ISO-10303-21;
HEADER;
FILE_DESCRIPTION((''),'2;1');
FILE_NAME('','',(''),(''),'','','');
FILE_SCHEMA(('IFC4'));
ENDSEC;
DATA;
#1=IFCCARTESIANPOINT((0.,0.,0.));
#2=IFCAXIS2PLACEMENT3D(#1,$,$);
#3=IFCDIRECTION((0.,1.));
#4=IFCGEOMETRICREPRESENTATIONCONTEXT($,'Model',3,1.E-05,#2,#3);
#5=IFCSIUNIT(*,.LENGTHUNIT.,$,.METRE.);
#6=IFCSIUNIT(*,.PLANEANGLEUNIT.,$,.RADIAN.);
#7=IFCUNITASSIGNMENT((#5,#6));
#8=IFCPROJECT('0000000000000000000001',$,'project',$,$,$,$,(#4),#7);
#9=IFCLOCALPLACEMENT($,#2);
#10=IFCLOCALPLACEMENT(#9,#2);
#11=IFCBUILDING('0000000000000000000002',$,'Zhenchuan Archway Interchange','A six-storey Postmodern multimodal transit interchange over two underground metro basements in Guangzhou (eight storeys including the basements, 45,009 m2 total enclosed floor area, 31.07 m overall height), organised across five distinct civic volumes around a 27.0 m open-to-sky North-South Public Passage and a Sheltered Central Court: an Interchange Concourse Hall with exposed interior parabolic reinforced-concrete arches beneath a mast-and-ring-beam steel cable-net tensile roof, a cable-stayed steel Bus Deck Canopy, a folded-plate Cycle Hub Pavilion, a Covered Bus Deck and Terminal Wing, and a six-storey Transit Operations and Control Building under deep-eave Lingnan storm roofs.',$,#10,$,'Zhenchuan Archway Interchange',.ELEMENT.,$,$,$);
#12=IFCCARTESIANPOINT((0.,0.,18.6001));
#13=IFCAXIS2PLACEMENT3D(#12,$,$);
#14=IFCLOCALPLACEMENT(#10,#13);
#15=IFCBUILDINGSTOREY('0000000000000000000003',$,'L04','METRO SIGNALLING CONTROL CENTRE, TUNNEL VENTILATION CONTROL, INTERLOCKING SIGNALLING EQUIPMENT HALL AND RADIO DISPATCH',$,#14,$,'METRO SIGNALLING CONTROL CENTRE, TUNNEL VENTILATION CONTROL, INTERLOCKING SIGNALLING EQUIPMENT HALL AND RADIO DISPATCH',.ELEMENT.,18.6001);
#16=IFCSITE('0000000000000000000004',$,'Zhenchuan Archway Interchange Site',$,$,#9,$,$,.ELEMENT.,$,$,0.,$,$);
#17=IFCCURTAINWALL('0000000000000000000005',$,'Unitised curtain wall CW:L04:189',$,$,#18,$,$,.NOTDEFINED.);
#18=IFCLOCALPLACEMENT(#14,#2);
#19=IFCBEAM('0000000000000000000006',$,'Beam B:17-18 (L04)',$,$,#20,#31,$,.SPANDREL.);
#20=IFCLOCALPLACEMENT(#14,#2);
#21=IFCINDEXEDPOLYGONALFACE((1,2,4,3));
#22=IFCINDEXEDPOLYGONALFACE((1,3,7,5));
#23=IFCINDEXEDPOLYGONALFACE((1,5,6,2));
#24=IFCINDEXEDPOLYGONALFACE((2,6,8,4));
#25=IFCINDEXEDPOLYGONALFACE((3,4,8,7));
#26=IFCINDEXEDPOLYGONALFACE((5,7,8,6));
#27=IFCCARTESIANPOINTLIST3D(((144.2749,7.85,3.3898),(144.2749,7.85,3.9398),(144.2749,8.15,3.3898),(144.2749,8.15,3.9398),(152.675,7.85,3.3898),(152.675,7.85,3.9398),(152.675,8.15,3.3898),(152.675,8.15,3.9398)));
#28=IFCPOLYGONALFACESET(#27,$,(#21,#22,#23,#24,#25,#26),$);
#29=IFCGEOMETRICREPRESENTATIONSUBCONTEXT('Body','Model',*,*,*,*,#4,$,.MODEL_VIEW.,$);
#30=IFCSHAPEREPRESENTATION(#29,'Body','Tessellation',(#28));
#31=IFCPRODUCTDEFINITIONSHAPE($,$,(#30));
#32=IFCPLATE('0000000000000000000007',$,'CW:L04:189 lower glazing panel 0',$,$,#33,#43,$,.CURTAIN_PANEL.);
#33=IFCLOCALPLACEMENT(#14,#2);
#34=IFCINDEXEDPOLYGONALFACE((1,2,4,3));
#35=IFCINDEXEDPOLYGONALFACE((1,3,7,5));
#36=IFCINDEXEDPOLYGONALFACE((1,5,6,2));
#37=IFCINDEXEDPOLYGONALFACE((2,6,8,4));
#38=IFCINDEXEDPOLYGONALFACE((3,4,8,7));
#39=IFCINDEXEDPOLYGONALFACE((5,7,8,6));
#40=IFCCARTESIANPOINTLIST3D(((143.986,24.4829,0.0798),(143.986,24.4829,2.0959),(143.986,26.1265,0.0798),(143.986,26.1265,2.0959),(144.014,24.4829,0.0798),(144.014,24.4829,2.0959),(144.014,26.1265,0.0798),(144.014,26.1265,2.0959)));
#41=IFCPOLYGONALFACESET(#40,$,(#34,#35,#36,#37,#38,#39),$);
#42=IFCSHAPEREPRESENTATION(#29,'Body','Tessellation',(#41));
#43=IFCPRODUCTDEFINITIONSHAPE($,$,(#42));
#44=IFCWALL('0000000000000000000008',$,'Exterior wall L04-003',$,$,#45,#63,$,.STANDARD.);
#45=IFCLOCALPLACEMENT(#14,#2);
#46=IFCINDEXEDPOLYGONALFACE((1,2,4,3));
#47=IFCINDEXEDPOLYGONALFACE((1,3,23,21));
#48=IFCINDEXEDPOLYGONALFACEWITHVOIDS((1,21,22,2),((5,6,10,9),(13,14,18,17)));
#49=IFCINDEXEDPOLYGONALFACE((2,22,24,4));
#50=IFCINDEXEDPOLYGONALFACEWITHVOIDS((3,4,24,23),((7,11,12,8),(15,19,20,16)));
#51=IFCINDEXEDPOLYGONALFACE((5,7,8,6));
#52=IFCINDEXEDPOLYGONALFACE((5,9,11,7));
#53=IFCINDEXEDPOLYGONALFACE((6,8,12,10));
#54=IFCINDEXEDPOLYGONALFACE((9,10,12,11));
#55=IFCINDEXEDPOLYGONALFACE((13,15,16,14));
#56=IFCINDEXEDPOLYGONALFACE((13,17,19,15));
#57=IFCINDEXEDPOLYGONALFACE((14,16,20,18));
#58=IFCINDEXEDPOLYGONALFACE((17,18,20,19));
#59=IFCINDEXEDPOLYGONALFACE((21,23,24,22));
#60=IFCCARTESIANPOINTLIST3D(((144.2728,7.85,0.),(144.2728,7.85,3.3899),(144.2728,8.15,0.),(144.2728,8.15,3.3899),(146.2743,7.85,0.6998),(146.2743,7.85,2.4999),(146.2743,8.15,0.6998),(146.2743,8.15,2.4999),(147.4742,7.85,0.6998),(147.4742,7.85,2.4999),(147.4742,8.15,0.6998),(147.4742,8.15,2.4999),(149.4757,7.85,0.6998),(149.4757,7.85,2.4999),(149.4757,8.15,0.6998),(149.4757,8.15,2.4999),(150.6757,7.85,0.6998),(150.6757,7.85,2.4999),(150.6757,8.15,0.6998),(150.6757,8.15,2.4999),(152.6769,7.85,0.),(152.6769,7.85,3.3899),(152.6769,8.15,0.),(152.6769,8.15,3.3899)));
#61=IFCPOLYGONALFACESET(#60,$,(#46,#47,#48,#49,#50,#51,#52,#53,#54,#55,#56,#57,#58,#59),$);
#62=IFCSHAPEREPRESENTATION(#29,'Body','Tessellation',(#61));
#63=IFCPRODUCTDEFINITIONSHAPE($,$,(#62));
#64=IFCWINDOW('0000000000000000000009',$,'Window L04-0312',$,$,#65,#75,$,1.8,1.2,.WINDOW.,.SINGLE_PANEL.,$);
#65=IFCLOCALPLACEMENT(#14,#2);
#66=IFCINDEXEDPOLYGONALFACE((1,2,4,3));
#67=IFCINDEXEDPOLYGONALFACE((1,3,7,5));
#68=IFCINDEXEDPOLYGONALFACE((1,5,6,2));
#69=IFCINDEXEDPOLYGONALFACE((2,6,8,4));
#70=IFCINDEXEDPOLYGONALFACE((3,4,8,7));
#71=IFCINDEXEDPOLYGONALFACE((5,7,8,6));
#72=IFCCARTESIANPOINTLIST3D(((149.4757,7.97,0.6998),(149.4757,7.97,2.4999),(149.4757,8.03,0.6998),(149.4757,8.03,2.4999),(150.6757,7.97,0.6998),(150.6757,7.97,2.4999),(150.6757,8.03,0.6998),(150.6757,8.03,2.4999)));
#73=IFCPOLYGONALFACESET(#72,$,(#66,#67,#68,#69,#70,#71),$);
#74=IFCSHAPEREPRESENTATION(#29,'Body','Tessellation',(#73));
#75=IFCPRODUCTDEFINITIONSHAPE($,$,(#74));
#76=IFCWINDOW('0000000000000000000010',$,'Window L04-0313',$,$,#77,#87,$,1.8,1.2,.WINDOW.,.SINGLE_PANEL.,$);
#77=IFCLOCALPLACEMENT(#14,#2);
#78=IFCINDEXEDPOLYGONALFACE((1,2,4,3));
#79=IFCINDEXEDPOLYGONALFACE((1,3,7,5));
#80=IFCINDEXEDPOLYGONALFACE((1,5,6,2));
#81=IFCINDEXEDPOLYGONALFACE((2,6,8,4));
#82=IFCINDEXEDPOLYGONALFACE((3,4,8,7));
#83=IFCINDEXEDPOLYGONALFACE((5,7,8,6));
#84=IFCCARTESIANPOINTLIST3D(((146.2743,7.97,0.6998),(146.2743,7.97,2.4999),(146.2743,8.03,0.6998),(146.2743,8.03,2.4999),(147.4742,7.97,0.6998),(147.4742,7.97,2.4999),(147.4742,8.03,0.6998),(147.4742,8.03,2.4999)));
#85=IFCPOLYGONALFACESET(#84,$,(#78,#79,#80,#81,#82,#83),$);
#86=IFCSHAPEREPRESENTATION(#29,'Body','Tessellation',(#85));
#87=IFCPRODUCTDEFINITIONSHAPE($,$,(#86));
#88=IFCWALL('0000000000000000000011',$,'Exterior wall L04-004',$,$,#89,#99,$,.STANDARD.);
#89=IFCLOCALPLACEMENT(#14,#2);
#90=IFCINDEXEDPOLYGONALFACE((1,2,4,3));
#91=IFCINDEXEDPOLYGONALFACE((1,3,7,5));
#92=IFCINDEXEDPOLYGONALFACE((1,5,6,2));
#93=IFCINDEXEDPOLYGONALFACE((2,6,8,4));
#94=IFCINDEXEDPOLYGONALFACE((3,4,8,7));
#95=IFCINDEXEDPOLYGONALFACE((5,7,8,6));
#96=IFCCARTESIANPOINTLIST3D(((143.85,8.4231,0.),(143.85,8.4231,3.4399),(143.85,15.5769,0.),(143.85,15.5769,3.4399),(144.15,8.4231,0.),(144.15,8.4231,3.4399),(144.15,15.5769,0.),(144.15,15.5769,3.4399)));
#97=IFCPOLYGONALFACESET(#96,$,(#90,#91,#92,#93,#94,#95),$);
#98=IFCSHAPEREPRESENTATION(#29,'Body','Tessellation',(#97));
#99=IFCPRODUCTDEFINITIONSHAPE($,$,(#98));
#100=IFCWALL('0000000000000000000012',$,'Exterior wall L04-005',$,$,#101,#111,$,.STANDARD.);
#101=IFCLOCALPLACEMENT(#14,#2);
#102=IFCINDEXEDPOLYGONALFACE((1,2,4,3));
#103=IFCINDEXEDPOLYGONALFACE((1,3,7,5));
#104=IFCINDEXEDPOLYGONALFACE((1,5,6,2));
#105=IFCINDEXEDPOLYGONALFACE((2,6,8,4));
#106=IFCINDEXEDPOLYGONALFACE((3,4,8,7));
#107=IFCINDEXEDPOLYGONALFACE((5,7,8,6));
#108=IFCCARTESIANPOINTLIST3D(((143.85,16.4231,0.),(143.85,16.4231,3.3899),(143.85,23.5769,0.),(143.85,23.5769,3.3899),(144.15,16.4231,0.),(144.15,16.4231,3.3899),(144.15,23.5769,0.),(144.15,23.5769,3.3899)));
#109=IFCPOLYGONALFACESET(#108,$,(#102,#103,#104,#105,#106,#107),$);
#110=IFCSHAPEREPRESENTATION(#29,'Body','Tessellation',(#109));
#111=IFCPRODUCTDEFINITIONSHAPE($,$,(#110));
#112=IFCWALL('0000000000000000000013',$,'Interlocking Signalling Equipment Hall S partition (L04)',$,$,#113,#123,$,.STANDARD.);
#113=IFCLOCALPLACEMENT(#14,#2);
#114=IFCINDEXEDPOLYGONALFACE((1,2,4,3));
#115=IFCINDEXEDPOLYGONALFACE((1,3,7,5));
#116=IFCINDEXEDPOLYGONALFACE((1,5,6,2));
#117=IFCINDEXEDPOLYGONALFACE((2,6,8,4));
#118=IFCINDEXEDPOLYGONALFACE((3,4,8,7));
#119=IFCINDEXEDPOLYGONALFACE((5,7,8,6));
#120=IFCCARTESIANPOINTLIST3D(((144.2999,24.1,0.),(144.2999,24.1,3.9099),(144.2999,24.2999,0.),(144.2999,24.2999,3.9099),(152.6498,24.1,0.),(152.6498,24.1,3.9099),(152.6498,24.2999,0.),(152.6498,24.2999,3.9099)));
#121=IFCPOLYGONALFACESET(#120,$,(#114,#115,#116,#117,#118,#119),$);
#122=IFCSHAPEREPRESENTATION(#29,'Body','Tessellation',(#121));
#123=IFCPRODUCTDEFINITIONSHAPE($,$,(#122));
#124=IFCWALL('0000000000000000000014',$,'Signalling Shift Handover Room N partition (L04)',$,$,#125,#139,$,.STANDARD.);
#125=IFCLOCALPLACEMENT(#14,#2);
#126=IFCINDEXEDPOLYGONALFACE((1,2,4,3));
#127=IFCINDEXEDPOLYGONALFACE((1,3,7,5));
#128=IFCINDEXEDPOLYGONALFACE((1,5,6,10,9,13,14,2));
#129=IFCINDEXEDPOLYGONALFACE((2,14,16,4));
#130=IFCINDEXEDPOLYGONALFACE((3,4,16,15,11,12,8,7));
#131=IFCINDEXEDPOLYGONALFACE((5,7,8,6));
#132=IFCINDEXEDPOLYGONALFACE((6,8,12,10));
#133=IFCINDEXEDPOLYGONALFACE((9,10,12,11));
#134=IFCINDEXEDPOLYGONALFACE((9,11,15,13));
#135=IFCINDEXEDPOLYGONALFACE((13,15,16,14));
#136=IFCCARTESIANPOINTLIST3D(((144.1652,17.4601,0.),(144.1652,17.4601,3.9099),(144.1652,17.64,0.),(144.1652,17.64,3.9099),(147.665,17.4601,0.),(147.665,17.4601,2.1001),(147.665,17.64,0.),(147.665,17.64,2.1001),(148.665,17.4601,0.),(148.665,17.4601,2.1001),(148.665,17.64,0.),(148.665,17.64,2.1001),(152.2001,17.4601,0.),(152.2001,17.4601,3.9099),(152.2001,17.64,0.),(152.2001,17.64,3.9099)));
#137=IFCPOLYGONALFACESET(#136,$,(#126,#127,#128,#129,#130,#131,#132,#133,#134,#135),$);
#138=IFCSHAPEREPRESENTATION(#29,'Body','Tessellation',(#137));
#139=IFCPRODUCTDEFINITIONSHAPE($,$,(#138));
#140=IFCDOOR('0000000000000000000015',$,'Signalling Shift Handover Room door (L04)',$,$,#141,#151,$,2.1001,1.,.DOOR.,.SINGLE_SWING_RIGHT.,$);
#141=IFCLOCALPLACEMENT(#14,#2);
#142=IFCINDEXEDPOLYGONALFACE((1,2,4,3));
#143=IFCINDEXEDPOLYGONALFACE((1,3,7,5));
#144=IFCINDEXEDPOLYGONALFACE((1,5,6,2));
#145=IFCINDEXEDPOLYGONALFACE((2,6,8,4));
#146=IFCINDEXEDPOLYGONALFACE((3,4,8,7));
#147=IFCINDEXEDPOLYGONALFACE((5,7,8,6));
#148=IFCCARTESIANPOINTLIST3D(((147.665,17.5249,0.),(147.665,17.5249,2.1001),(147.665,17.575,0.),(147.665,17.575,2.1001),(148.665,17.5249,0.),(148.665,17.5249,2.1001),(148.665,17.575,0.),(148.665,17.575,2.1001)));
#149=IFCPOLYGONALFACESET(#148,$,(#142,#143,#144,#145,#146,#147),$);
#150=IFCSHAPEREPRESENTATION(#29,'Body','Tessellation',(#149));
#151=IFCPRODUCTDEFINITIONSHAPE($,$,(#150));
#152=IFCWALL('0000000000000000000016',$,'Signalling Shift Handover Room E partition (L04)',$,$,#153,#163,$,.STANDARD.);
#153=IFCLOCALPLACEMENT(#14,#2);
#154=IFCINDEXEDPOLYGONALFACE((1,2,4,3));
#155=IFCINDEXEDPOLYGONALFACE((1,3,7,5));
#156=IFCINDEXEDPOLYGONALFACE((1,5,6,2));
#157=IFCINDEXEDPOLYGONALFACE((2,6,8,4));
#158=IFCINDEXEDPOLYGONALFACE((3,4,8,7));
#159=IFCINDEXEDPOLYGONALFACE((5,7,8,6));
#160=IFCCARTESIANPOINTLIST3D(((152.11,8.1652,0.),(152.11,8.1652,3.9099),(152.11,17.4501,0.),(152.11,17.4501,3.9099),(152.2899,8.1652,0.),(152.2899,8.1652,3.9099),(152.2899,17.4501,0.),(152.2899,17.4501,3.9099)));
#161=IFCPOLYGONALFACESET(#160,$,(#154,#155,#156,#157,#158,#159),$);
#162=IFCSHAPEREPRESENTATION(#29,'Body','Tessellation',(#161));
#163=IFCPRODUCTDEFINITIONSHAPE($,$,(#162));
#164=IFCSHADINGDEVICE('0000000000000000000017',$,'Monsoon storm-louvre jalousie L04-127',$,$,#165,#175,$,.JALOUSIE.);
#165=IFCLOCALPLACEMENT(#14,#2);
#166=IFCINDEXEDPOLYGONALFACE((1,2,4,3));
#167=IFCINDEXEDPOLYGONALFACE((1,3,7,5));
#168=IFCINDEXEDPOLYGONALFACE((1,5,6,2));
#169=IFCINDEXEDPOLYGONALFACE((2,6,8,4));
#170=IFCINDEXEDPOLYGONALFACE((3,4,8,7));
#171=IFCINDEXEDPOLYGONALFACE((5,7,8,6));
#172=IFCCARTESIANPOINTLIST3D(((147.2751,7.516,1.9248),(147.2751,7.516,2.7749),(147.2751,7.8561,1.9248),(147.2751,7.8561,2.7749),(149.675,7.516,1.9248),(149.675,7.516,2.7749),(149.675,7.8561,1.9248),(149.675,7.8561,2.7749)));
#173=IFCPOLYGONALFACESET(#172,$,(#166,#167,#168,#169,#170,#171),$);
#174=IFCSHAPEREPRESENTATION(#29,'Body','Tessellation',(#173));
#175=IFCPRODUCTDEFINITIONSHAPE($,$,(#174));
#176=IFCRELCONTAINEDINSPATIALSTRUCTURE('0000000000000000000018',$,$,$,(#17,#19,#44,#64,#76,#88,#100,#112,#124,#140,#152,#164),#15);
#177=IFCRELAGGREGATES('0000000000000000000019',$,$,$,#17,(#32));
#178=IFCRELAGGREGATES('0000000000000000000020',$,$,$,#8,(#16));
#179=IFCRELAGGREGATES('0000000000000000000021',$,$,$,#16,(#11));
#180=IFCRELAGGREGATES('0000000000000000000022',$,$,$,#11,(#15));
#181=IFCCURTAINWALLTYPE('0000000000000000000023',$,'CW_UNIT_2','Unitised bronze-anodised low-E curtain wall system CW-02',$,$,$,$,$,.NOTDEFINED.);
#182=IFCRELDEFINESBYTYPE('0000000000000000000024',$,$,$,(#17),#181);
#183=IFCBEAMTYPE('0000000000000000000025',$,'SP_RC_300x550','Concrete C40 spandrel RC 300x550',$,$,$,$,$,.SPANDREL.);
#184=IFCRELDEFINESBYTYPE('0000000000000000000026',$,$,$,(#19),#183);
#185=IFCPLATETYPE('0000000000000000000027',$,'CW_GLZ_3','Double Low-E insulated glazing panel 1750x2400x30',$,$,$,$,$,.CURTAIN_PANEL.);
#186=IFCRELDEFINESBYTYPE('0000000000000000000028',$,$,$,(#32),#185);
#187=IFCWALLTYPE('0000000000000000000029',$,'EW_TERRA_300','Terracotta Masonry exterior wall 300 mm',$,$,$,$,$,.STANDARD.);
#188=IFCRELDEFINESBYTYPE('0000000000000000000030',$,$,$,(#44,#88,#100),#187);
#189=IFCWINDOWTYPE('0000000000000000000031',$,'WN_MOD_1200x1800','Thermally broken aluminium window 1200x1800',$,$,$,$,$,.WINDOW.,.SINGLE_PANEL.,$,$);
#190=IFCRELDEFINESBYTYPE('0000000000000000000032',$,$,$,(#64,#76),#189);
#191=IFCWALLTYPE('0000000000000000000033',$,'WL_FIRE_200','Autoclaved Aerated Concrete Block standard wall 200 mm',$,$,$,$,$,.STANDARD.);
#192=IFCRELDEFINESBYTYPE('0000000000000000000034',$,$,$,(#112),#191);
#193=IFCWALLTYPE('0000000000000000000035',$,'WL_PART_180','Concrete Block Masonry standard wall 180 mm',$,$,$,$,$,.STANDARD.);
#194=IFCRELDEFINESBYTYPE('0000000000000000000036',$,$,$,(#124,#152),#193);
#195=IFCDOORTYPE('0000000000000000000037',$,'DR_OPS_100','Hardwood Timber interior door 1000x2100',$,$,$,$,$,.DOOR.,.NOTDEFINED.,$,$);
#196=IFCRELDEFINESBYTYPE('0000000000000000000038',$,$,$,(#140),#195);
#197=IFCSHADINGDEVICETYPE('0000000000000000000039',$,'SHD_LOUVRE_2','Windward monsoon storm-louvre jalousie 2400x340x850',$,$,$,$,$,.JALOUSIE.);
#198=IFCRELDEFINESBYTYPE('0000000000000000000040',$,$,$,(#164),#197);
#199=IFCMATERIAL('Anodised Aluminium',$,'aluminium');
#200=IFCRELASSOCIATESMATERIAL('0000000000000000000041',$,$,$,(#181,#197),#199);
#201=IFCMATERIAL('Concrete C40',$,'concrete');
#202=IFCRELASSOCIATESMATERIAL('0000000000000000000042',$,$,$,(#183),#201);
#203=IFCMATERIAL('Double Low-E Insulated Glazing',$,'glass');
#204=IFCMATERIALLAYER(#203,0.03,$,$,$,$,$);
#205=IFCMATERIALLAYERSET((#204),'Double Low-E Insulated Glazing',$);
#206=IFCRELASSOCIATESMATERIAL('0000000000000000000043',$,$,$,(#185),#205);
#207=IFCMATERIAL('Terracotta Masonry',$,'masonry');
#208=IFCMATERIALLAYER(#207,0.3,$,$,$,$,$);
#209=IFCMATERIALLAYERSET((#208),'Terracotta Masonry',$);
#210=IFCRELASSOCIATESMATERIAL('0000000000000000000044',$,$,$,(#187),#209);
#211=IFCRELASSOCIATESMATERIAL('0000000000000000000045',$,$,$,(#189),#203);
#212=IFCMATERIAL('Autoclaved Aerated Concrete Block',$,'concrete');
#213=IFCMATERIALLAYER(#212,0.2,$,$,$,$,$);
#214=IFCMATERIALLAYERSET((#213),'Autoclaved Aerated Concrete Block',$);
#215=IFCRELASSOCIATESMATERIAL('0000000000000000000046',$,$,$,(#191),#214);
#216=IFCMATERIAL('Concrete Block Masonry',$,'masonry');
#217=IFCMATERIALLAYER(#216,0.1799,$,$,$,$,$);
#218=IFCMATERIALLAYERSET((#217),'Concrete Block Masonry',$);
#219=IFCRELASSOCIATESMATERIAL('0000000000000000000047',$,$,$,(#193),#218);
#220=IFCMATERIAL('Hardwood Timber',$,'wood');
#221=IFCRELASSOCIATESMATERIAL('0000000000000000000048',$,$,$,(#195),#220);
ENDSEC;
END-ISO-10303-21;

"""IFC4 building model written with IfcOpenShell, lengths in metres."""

from ifc_helpers import new_model, si_unit, direction, frame, frame_2d, origin, origin_2d, place, context, subcontext, project, spatial, rectangle, extrude, material, layer, layer_set, material_profile, profile_set, type_object, element, fill, aggregate, save


model = new_model("IFC4")

# Units and contexts
model_context = context("Model", 3, precision=1e-05, world=origin(), true_north=direction((0.0, 1.0)))
body_context = subcontext(model_context, "Body", "Model", "MODEL_VIEW")
ifc_project = project(units=[si_unit("LENGTHUNIT", "METRE"), si_unit("PLANEANGLEUNIT", "RADIAN")], contexts=[model_context])

# Site, building, storey
site_placement = place(None, origin())
site = spatial("IfcSite", under=ifc_project, at=site_placement, Name="Zhenchuan Archway Interchange Site", CompositionType="ELEMENT", RefElevation=0.0)
building_placement = place(site_placement, origin())
building = spatial("IfcBuilding", under=site, at=building_placement, Name="Zhenchuan Archway Interchange", Description="A six-storey Postmodern multimodal transit interchange over two underground metro basements in Guangzhou (eight storeys including the basements, 45,009 m2 total enclosed floor area, 31.07 m overall height), organised across five distinct civic volumes around a 27.0 m open-to-sky North-South Public Passage and a Sheltered Central Court: an Interchange Concourse Hall with exposed interior parabolic reinforced-concrete arches beneath a mast-and-ring-beam steel cable-net tensile roof, a cable-stayed steel Bus Deck Canopy, a folded-plate Cycle Hub Pavilion, a Covered Bus Deck and Terminal Wing, and a six-storey Transit Operations and Control Building under deep-eave Lingnan storm roofs.", LongName="Zhenchuan Archway Interchange", CompositionType="ELEMENT")
storey_placement = place(building_placement, frame((0.0, 0.0, 18.6001)))
storey = spatial("IfcBuildingStorey", under=building, at=storey_placement, Name="L04", Description="METRO SIGNALLING CONTROL CENTRE, TUNNEL VENTILATION CONTROL, INTERLOCKING SIGNALLING EQUIPMENT HALL AND RADIO DISPATCH", LongName="METRO SIGNALLING CONTROL CENTRE, TUNNEL VENTILATION CONTROL, INTERLOCKING SIGNALLING EQUIPMENT HALL AND RADIO DISPATCH", CompositionType="ELEMENT", Elevation=18.6001)

# Shared definitions
ifc_material_1 = material(Name="Concrete C40", Category="concrete")

# Curtain wall
ifc_material_2 = material(Name="Anodised Aluminium", Category="aluminium")
curtain_wall_type = type_object("IfcCurtainWallType", Name="CW_UNIT_2", Description="Unitised bronze-anodised low-E curtain wall system CW-02", PredefinedType="NOTDEFINED", material=ifc_material_2)
curtain_wall_placement = place(storey_placement, origin())
curtain_wall = element("IfcCurtainWall", 1, at=curtain_wall_placement, inside=storey, type_object=curtain_wall_type, Name="Unitised curtain wall CW:L04:189", PredefinedType="NOTDEFINED")

# Beam
ifc_material_profile_1 = material_profile(ifc_material_1, rectangle(XDim=0.3, YDim=0.55, at=origin_2d()), Name="RC 300x550")
ifc_profile_set_1 = profile_set([ifc_material_profile_1], Name="Concrete C40")
beam_type_1 = type_object("IfcBeamType", Name="SP_RC_300x550", Description="Concrete C40 spandrel RC 300x550", PredefinedType="SPANDREL", material=ifc_profile_set_1)
beam_placement = place(storey_placement, frame((144.2749, 8.0, 3.6648), z_axis=(1.0, 0.0, 0.0), x_axis=(0.0, 1.0, 0.0)))
element("IfcBeam", 2, at=beam_placement, inside=storey, type_object=beam_type_1, Name="Beam B:17-18 (L04)", PredefinedType="SPANDREL", context=body_context, shape_type="SweptSolid", body=[
    extrude(rectangle(XDim=0.3, YDim=0.55, at=origin_2d()), origin(), (0.0, 0.0, 1.0), 8.4001),
])

# Plate
ifc_material_3 = material(Name="Double Low-E Insulated Glazing", Category="glass")
ifc_layer_1 = layer(ifc_material_3, 0.03)
ifc_layer_set_1 = layer_set([ifc_layer_1], Name="Double Low-E Insulated Glazing")
plate_type = type_object("IfcPlateType", Name="CW_GLZ_3", Description="Double Low-E insulated glazing panel 1750x2400x30", PredefinedType="CURTAIN_PANEL", material=ifc_layer_set_1)
plate_placement = place(storey_placement, frame((144.0, 25.3047, 0.0798), z_axis=(0.0, 0.0, 1.0), x_axis=(0.0, 1.0, 0.0)))
plate = element("IfcPlate", 3, at=plate_placement, type_object=plate_type, Name="CW:L04:189 lower glazing panel 0", PredefinedType="CURTAIN_PANEL", context=body_context, shape_type="SweptSolid", body=[
    extrude(rectangle(XDim=1.6436, YDim=0.0281, at=origin_2d()), origin(), (0.0, 0.0, 1.0), 2.0161),
])
aggregate(curtain_wall, [plate])

# Wall, openings, windows
ifc_material_4 = material(Name="Terracotta Masonry", Category="masonry")
ifc_layer_2 = layer(ifc_material_4, 0.3)
ifc_layer_set_2 = layer_set([ifc_layer_2], Name="Terracotta Masonry")
wall_type_1 = type_object("IfcWallType", Name="EW_TERRA_300", Description="Terracotta Masonry exterior wall 300 mm", PredefinedType="STANDARD", material=ifc_layer_set_2)
wall_1_placement = place(storey_placement, frame((152.677, 8.0, 0.0), z_axis=(0.0, 0.0, 1.0), x_axis=(-1.0, 0.0, 0.0)))
wall_1 = element("IfcWall", 4, at=wall_1_placement, inside=storey, type_object=wall_type_1, Name="Exterior wall L04-003", PredefinedType="STANDARD", context=body_context, shape_type="SweptSolid", body=[
    extrude(rectangle(XDim=8.4041, YDim=0.3, at=frame_2d((4.2021, 0.0))), origin(), (0.0, 0.0, 1.0), 3.3899),
])
opening_1_placement = place(wall_1_placement, frame((2.0012, 0.0, 0.7)))
opening_1 = element("IfcOpeningElement", 5, at=opening_1_placement, cuts=wall_1, PredefinedType="OPENING", context=body_context, shape_type="SweptSolid", body=[
    extrude(rectangle(XDim=1.2, YDim=1.8, at=frame_2d((0.6001, 0.8999))), frame((0.0, 0.1621, 0.0), z_axis=(0.0, -1.0, 0.0), x_axis=(1.0, 0.0, 0.0)), (0.0, 0.0, 1.0), 0.324),
])
opening_2_placement = place(wall_1_placement, frame((5.2026, 0.0, 0.7)))
opening_2 = element("IfcOpeningElement", 6, at=opening_2_placement, cuts=wall_1, PredefinedType="OPENING", context=body_context, shape_type="SweptSolid", body=[
    extrude(rectangle(XDim=1.2, YDim=1.8, at=frame_2d((0.6001, 0.8999))), frame((0.0, 0.1621, 0.0), z_axis=(0.0, -1.0, 0.0), x_axis=(1.0, 0.0, 0.0)), (0.0, 0.0, 1.0), 0.324),
])
window_type = type_object("IfcWindowType", Name="WN_MOD_1200x1800", Description="Thermally broken aluminium window 1200x1800", PartitioningType="SINGLE_PANEL", PredefinedType="WINDOW", material=ifc_material_3)
window_1_placement = place(opening_1_placement, origin())
window_1 = element("IfcWindow", 7, at=window_1_placement, inside=storey, type_object=window_type, Name="Window L04-0312", OverallHeight=1.8, OverallWidth=1.2, PartitioningType="SINGLE_PANEL", PredefinedType="WINDOW", context=body_context, shape_type="SweptSolid", body=[
    extrude(rectangle(XDim=1.2, YDim=1.8, at=frame_2d((0.6001, 0.8999))), frame((0.0, 0.03, 0.0), z_axis=(0.0, -1.0, 0.0), x_axis=(1.0, 0.0, 0.0)), (0.0, 0.0, 1.0), 0.0601),
])
fill(opening_1, window_1)
window_2_placement = place(opening_2_placement, origin())
window_2 = element("IfcWindow", 8, at=window_2_placement, inside=storey, type_object=window_type, Name="Window L04-0313", OverallHeight=1.8, OverallWidth=1.2, PartitioningType="SINGLE_PANEL", PredefinedType="WINDOW", context=body_context, shape_type="SweptSolid", body=[
    extrude(rectangle(XDim=1.2, YDim=1.8, at=frame_2d((0.6001, 0.8999))), frame((0.0, 0.03, 0.0), z_axis=(0.0, -1.0, 0.0), x_axis=(1.0, 0.0, 0.0)), (0.0, 0.0, 1.0), 0.0601),
])
fill(opening_2, window_2)

# Walls
wall_2_placement = place(storey_placement, frame((144.0, 8.4231, 0.0), z_axis=(0.0, 0.0, 1.0), x_axis=(0.0, 1.0, 0.0)))
element("IfcWall", 9, at=wall_2_placement, inside=storey, type_object=wall_type_1, Name="Exterior wall L04-004", PredefinedType="STANDARD", context=body_context, shape_type="SweptSolid", body=[
    extrude(rectangle(XDim=7.1538, YDim=0.3, at=frame_2d((3.5769, 0.0))), origin(), (0.0, 0.0, 1.0), 3.4399),
])
wall_3_placement = place(storey_placement, frame((144.0, 16.4231, 0.0), z_axis=(0.0, 0.0, 1.0), x_axis=(0.0, 1.0, 0.0)))
element("IfcWall", 10, at=wall_3_placement, inside=storey, type_object=wall_type_1, Name="Exterior wall L04-005", PredefinedType="STANDARD", context=body_context, shape_type="SweptSolid", body=[
    extrude(rectangle(XDim=7.1538, YDim=0.3, at=frame_2d((3.5769, 0.0))), origin(), (0.0, 0.0, 1.0), 3.3899),
])
ifc_material_5 = material(Name="Autoclaved Aerated Concrete Block", Category="concrete")
ifc_layer_3 = layer(ifc_material_5, 0.2)
ifc_layer_set_3 = layer_set([ifc_layer_3], Name="Autoclaved Aerated Concrete Block")
wall_type_2 = type_object("IfcWallType", Name="WL_FIRE_200", Description="Autoclaved Aerated Concrete Block standard wall 200 mm", PredefinedType="STANDARD", material=ifc_layer_set_3)
wall_4_placement = place(storey_placement, frame((144.3, 24.2, 0.0), z_axis=(0.0, 0.0, 1.0), x_axis=(1.0, 0.0, 0.0)))
element("IfcWall", 11, at=wall_4_placement, inside=storey, type_object=wall_type_2, Name="Interlocking Signalling Equipment Hall S partition (L04)", PredefinedType="STANDARD", context=body_context, shape_type="SweptSolid", body=[
    extrude(rectangle(XDim=8.3499, YDim=0.2, at=frame_2d((4.1748, 0.0))), origin(), (0.0, 0.0, 1.0), 3.9099),
])

# Wall, opening, door
ifc_material_6 = material(Name="Concrete Block Masonry", Category="masonry")
ifc_layer_4 = layer(ifc_material_6, 0.1799)
ifc_layer_set_4 = layer_set([ifc_layer_4], Name="Concrete Block Masonry")
wall_type_3 = type_object("IfcWallType", Name="WL_PART_180", Description="Concrete Block Masonry standard wall 180 mm", PredefinedType="STANDARD", material=ifc_layer_set_4)
wall_5_placement = place(storey_placement, frame((144.165, 17.55, 0.0), z_axis=(0.0, 0.0, 1.0), x_axis=(1.0, 0.0, 0.0)))
wall_5 = element("IfcWall", 12, at=wall_5_placement, inside=storey, type_object=wall_type_3, Name="Signalling Shift Handover Room N partition (L04)", PredefinedType="STANDARD", context=body_context, shape_type="SweptSolid", body=[
    extrude(rectangle(XDim=8.0349, YDim=0.1799, at=frame_2d((4.0176, 0.0))), origin(), (0.0, 0.0, 1.0), 3.9099),
])
opening_3_placement = place(wall_5_placement, frame((3.5, 0.0, 0.0)))
opening_3 = element("IfcOpeningElement", 13, at=opening_3_placement, cuts=wall_5, PredefinedType="OPENING", context=body_context, shape_type="SweptSolid", body=[
    extrude(rectangle(XDim=1.0, YDim=2.1001, at=frame_2d((0.5, 1.05))), frame((0.0, 0.1021, 0.0), z_axis=(0.0, -1.0, 0.0), x_axis=(1.0, 0.0, 0.0)), (0.0, 0.0, 1.0), 0.2039),
])
ifc_material_7 = material(Name="Hardwood Timber", Category="wood")
door_type = type_object("IfcDoorType", Name="DR_OPS_100", Description="Hardwood Timber interior door 1000x2100", OperationType="NOTDEFINED", PredefinedType="DOOR", material=ifc_material_7)
door_placement = place(opening_3_placement, origin())
door = element("IfcDoor", 14, at=door_placement, inside=storey, type_object=door_type, Name="Signalling Shift Handover Room door (L04)", OperationType="SINGLE_SWING_RIGHT", OverallHeight=2.1001, OverallWidth=1.0, PredefinedType="DOOR", context=body_context, shape_type="SweptSolid", body=[
    extrude(rectangle(XDim=1.0, YDim=2.1001, at=frame_2d((0.5, 1.05))), frame((0.0, 0.0249, 0.0), z_axis=(0.0, -1.0, 0.0), x_axis=(1.0, 0.0, 0.0)), (0.0, 0.0, 1.0), 0.05),
])
fill(opening_3, door)

# Wall
wall_6_placement = place(storey_placement, frame((152.2, 8.165, 0.0), z_axis=(0.0, 0.0, 1.0), x_axis=(0.0, 1.0, 0.0)))
element("IfcWall", 15, at=wall_6_placement, inside=storey, type_object=wall_type_3, Name="Signalling Shift Handover Room E partition (L04)", PredefinedType="STANDARD", context=body_context, shape_type="SweptSolid", body=[
    extrude(rectangle(XDim=9.2849, YDim=0.1799, at=frame_2d((4.6426, 0.0))), origin(), (0.0, 0.0, 1.0), 3.9099),
])

# Shading device
shading_device_type = type_object("IfcShadingDeviceType", Name="SHD_LOUVRE_2", Description="Windward monsoon storm-louvre jalousie 2400x340x850", PredefinedType="JALOUSIE", material=ifc_material_2)
shading_device_placement = place(storey_placement, frame((148.4751, 7.686, 1.9248), z_axis=(0.0, 0.0, 1.0), x_axis=(-1.0, 0.0, 0.0)))
element("IfcShadingDevice", 16, at=shading_device_placement, inside=storey, type_object=shading_device_type, Name="Monsoon storm-louvre jalousie L04-127", PredefinedType="JALOUSIE", context=body_context, shape_type="SweptSolid", body=[
    extrude(rectangle(XDim=2.3999, YDim=0.3401, at=origin_2d()), origin(), (0.0, 0.0, 1.0), 0.8501),
])

save(model, "model.ifc")
